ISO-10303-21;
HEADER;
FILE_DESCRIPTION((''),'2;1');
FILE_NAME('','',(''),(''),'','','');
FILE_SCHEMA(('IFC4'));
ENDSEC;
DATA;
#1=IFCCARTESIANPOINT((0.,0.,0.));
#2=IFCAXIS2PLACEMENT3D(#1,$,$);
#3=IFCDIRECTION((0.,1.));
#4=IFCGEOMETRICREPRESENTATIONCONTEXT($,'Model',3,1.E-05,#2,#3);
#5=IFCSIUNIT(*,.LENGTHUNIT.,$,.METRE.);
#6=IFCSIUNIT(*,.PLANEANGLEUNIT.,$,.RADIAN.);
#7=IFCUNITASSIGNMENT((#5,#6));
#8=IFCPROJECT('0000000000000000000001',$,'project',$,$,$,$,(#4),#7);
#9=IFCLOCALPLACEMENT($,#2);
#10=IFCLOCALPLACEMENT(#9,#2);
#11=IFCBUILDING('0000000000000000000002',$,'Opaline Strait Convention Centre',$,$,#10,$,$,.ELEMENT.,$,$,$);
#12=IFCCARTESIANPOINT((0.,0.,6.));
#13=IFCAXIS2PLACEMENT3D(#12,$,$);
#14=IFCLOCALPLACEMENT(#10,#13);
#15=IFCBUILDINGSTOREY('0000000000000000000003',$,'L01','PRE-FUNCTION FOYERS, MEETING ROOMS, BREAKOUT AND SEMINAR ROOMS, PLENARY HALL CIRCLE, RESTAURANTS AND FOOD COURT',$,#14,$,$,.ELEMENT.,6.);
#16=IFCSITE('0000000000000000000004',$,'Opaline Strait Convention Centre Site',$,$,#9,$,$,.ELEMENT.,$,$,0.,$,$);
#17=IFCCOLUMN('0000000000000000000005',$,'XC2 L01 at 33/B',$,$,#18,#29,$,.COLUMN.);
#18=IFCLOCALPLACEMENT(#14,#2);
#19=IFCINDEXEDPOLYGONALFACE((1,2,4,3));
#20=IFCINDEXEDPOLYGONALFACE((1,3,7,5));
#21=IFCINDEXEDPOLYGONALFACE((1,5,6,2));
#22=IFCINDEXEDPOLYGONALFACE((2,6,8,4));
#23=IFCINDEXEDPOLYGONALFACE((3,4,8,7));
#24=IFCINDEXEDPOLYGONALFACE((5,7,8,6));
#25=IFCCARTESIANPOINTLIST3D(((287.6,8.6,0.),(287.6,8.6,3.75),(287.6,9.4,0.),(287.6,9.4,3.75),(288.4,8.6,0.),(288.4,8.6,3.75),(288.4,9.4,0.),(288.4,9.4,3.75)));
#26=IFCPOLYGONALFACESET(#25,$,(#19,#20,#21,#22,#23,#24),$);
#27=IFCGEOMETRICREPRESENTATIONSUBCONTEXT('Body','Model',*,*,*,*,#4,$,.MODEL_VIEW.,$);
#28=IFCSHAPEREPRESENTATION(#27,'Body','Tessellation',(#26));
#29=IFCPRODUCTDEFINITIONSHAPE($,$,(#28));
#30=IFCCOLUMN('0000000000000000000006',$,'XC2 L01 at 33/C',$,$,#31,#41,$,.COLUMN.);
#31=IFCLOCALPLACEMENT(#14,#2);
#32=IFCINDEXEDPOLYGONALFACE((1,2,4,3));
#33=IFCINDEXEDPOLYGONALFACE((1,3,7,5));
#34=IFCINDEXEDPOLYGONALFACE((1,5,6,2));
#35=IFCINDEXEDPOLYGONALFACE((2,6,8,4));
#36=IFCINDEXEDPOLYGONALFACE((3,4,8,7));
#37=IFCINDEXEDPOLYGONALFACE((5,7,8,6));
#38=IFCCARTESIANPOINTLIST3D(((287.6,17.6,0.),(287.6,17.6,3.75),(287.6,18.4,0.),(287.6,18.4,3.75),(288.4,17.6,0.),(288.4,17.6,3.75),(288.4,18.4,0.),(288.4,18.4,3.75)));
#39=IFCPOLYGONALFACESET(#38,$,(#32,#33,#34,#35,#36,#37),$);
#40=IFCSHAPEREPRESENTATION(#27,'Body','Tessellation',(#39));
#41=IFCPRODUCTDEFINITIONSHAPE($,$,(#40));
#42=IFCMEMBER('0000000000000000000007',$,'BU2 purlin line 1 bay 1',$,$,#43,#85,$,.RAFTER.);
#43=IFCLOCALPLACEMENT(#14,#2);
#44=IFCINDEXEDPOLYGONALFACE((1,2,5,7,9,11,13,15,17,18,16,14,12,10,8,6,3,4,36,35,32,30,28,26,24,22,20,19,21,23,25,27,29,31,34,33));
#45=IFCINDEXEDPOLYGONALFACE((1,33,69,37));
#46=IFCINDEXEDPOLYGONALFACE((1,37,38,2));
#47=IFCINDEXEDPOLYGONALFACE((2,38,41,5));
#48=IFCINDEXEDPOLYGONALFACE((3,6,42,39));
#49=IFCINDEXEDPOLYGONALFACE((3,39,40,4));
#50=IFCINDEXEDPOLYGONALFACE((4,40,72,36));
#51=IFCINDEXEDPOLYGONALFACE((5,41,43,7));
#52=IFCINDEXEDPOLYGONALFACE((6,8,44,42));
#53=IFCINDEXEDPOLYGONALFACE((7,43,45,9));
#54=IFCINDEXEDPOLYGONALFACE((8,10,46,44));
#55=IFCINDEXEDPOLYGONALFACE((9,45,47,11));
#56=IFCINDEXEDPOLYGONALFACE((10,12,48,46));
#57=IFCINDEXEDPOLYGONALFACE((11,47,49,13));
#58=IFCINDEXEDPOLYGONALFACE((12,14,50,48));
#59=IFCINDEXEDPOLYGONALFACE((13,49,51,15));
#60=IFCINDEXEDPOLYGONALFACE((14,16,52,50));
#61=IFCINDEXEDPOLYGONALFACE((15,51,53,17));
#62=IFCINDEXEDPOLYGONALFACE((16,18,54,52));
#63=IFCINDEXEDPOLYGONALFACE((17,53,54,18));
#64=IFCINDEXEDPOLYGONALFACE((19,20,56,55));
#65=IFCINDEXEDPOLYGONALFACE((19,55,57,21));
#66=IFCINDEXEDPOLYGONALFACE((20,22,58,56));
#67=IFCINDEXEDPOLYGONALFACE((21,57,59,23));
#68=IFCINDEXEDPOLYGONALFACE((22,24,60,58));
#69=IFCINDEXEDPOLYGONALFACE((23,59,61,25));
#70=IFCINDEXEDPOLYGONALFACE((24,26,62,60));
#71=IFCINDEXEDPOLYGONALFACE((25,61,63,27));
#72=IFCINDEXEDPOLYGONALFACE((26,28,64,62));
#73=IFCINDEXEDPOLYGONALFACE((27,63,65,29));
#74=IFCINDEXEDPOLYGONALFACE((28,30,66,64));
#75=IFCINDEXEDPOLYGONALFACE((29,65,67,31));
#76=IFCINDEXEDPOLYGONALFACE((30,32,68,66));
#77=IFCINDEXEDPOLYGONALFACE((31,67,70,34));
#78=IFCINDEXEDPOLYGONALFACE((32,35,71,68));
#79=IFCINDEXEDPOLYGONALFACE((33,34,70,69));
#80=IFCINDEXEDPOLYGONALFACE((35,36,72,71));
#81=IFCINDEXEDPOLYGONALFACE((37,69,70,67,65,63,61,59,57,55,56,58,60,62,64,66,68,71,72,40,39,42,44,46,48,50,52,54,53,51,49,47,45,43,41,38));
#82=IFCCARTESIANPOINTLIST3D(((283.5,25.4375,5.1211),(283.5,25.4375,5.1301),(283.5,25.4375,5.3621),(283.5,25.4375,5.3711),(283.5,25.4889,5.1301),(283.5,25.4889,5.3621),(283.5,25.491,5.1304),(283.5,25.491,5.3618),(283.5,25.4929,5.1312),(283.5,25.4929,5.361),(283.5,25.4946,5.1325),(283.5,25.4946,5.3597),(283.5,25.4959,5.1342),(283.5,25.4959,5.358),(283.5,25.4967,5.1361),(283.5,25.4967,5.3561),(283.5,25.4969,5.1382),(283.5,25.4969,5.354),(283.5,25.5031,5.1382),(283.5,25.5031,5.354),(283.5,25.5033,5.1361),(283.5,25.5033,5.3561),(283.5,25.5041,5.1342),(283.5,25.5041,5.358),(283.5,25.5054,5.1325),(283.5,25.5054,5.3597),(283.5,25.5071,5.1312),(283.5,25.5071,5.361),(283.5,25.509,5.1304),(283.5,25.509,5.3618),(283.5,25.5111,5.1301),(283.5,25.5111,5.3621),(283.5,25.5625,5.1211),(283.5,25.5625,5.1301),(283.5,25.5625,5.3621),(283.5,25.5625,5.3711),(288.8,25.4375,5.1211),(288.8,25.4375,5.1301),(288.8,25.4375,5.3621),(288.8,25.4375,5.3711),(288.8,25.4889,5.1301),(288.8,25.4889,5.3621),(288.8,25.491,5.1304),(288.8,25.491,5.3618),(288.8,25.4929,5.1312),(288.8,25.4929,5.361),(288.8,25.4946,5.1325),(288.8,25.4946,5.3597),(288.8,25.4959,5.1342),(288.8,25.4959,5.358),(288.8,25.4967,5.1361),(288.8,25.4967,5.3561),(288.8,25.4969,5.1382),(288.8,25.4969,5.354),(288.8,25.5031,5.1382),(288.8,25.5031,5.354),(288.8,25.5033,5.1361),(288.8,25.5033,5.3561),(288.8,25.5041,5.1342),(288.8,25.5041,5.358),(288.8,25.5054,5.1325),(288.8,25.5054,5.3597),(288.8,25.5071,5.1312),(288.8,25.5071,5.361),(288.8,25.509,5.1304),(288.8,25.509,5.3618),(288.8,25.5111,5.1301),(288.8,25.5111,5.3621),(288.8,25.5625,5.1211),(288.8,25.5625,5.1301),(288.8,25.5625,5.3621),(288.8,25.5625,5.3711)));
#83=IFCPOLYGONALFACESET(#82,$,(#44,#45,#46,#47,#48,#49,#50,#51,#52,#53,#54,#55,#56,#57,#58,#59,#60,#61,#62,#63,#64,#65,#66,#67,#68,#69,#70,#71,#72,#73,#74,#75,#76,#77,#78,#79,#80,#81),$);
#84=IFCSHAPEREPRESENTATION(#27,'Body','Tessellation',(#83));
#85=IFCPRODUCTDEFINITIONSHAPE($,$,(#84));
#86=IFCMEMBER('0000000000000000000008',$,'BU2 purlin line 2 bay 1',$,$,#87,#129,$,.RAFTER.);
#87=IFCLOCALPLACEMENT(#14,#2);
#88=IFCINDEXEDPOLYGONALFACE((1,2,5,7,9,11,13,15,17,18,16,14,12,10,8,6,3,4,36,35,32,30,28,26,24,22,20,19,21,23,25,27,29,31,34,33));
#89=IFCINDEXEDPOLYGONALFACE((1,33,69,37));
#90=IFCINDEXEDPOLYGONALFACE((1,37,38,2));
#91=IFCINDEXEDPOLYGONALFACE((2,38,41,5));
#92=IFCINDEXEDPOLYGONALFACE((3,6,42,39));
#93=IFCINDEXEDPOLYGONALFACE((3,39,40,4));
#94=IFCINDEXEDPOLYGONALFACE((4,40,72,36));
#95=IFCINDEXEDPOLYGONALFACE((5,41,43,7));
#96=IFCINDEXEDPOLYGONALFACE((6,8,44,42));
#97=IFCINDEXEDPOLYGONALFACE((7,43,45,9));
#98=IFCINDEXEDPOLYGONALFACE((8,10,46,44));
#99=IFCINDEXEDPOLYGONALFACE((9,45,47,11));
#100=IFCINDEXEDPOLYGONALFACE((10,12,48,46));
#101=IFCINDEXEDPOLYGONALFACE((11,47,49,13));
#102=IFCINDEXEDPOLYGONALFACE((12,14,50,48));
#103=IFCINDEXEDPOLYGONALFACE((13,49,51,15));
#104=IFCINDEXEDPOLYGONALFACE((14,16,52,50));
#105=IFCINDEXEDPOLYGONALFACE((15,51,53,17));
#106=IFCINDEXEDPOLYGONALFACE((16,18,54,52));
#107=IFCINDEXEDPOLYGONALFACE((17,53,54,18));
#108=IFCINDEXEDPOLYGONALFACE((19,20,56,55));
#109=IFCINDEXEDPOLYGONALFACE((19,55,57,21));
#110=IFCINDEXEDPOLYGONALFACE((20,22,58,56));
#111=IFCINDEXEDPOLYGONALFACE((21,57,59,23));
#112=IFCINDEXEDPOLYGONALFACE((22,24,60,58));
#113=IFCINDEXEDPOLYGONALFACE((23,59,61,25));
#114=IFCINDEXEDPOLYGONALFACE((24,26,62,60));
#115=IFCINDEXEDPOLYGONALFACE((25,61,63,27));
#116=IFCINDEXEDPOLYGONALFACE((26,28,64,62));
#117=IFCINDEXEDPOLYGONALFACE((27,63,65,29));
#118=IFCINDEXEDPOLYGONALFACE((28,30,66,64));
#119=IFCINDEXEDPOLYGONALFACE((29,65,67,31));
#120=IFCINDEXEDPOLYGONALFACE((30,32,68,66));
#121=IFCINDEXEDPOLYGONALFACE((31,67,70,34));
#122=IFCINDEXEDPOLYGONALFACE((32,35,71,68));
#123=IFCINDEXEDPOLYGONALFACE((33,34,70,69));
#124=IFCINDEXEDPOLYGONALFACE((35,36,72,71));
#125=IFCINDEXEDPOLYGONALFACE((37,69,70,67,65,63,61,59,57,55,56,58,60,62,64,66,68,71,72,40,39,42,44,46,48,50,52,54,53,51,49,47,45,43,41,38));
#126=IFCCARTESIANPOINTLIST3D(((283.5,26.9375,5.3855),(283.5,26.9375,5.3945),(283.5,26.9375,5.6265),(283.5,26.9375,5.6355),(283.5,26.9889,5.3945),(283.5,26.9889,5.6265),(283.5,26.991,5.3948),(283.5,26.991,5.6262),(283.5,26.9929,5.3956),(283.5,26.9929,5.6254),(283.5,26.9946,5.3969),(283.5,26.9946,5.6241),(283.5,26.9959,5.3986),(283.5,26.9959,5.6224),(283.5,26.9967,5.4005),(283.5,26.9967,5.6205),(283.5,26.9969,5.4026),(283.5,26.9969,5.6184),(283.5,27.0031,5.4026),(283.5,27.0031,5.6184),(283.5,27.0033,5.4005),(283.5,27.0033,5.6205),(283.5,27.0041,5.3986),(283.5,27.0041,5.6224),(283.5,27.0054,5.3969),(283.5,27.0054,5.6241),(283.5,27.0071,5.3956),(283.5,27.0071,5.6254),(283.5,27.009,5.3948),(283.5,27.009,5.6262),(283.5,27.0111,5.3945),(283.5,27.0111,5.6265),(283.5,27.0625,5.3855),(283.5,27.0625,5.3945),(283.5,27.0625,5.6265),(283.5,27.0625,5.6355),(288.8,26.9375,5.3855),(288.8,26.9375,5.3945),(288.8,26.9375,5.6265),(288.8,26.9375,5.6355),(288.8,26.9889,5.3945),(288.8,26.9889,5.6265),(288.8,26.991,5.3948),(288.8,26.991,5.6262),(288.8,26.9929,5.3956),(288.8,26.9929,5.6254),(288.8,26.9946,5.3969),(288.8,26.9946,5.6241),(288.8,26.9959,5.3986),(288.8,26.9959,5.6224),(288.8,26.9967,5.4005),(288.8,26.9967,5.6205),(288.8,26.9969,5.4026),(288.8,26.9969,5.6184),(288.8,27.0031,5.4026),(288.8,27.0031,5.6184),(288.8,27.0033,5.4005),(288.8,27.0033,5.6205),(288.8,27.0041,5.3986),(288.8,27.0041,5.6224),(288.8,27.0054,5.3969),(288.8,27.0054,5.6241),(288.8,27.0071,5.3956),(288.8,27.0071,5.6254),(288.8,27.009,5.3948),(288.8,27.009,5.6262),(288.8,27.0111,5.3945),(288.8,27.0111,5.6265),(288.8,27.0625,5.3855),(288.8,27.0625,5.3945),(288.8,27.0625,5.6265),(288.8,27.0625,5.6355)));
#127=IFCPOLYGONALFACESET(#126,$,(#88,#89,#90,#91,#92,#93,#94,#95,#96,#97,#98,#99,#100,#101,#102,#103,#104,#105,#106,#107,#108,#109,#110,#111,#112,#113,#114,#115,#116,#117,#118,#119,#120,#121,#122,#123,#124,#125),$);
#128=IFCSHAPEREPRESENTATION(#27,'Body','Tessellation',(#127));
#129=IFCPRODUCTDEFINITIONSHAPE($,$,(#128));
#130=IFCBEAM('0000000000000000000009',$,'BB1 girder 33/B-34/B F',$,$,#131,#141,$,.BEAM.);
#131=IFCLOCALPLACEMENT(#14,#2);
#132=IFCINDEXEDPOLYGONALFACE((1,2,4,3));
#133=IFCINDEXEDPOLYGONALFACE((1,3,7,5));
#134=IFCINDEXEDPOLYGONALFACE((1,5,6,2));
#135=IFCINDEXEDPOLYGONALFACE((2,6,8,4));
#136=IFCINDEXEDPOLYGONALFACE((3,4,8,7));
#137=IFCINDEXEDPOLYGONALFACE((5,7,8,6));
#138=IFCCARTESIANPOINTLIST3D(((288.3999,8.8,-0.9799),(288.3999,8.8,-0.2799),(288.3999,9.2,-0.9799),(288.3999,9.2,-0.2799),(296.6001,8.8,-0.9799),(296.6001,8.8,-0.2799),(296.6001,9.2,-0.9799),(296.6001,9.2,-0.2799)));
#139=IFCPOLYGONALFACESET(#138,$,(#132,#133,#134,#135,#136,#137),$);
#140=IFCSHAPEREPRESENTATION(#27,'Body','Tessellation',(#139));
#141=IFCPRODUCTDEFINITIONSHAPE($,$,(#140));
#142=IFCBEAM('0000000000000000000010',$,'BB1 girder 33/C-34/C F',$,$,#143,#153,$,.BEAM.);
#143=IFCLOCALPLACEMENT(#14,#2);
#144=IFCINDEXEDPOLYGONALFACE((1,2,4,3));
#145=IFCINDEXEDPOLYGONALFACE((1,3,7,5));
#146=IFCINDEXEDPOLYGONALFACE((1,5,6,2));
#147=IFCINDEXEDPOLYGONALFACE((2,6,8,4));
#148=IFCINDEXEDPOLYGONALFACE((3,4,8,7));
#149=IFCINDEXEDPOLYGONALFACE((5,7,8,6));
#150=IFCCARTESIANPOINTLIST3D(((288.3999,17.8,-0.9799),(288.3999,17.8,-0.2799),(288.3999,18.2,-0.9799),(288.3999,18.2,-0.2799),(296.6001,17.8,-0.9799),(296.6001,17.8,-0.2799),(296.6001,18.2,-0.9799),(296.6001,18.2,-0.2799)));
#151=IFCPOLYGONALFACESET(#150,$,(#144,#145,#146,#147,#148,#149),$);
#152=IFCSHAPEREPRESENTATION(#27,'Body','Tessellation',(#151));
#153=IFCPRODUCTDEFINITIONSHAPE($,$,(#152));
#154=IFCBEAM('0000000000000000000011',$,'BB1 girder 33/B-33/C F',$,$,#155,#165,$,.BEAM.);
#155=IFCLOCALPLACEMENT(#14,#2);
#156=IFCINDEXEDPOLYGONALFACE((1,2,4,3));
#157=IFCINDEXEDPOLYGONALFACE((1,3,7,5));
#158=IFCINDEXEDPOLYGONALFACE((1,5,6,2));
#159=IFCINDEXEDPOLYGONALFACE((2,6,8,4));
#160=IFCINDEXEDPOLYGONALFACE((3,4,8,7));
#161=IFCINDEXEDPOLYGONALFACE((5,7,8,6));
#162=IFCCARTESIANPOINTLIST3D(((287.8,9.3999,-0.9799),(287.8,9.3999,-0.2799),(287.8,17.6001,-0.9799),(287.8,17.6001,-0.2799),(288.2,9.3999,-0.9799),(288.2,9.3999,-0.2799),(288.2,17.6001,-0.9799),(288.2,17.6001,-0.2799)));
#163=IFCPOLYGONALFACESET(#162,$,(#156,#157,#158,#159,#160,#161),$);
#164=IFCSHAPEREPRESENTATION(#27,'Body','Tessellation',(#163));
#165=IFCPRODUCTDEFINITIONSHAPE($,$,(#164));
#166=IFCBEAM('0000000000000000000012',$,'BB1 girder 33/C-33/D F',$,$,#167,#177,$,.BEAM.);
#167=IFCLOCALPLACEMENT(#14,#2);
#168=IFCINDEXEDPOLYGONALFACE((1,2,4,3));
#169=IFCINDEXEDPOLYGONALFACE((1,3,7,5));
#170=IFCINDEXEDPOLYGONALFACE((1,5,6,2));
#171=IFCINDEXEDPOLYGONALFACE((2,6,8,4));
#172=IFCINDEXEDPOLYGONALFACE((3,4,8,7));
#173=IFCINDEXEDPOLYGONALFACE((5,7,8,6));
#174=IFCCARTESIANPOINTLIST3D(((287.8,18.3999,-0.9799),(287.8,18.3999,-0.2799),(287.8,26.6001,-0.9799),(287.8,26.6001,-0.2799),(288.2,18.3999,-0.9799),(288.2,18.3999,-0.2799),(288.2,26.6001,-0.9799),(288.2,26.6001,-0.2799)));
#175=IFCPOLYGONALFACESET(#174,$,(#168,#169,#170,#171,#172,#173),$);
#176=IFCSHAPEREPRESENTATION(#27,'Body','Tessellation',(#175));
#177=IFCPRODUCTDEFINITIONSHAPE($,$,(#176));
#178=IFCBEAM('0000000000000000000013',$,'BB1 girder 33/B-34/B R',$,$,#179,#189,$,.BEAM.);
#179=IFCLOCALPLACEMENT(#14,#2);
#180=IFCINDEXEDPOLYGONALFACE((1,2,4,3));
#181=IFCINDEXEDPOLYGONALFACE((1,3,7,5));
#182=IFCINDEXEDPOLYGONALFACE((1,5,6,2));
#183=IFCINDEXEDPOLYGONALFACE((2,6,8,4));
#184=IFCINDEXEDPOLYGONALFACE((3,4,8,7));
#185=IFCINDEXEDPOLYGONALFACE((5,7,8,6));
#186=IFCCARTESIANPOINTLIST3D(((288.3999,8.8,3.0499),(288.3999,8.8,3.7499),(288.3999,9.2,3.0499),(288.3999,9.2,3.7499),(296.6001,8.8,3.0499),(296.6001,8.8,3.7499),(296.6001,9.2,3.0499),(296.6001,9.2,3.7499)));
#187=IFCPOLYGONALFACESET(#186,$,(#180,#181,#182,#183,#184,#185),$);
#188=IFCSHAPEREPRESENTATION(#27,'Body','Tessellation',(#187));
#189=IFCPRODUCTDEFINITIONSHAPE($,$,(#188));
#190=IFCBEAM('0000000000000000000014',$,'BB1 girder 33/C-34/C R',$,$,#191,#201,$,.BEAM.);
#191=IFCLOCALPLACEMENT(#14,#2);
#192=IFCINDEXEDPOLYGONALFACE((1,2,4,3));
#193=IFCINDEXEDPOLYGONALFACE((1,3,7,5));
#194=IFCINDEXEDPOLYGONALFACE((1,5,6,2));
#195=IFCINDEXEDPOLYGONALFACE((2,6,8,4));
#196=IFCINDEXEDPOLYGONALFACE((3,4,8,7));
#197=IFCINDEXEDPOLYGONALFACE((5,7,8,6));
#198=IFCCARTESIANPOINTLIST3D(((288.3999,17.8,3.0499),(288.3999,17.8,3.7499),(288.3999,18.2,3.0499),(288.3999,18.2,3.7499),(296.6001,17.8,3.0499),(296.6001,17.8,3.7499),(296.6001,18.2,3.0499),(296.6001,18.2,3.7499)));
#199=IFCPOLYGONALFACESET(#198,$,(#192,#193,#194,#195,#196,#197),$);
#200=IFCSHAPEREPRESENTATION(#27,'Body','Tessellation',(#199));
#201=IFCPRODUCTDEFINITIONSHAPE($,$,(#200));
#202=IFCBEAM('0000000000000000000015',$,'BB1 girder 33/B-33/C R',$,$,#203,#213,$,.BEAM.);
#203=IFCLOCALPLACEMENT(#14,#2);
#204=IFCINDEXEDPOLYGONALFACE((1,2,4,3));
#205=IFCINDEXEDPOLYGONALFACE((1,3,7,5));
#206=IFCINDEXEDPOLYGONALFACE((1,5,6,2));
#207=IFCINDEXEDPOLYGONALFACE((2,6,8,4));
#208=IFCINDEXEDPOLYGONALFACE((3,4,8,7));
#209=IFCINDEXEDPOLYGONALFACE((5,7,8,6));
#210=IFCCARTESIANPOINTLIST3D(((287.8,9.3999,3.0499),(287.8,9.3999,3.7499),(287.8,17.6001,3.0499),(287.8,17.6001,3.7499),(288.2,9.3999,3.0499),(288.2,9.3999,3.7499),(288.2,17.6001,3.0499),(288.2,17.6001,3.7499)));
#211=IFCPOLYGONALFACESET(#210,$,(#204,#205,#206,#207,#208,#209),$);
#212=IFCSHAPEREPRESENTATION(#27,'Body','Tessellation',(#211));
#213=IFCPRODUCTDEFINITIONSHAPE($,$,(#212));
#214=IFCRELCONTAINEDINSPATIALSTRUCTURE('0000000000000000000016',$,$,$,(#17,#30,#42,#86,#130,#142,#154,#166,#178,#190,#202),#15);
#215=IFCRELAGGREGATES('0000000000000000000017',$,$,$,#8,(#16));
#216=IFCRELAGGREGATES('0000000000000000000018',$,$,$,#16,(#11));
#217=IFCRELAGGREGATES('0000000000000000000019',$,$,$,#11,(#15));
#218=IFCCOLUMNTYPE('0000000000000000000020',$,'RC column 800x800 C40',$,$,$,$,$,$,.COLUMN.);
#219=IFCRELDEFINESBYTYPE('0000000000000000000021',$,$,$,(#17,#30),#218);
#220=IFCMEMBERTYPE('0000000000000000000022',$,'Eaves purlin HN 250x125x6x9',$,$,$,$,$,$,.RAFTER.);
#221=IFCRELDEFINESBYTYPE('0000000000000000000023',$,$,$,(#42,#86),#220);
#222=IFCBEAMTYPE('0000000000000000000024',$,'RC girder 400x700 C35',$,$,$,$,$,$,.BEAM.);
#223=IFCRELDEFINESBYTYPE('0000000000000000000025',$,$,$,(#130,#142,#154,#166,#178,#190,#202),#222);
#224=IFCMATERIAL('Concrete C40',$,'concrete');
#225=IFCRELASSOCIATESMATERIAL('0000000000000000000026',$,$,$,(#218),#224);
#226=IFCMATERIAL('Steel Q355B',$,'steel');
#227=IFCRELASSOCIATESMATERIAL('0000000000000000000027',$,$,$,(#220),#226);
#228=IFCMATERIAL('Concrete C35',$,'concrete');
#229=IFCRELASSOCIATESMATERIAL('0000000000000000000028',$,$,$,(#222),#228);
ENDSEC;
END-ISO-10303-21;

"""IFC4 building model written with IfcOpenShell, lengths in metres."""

from ifc_helpers import new_model, si_unit, direction, frame, origin, origin_2d, place, context, subcontext, project, spatial, rectangle, i_section, extrude, material, material_profile, profile_set, type_object, element, save


model = new_model("IFC4")

# Units and contexts
model_context = context("Model", 3, precision=1e-05, world=origin(), true_north=direction((0.0, 1.0)))
body_context = subcontext(model_context, "Body", "Model", "MODEL_VIEW")
ifc_project = project(units=[si_unit("LENGTHUNIT", "METRE"), si_unit("PLANEANGLEUNIT", "RADIAN")], contexts=[model_context])

# Site, building, storey
site_placement = place(None, origin())
site = spatial("IfcSite", under=ifc_project, at=site_placement, Name="Opaline Strait Convention Centre Site", CompositionType="ELEMENT", RefElevation=0.0)
building_placement = place(site_placement, origin())
building = spatial("IfcBuilding", under=site, at=building_placement, Name="Opaline Strait Convention Centre", CompositionType="ELEMENT")
storey_placement = place(building_placement, frame((0.0, 0.0, 6.0)))
storey = spatial("IfcBuildingStorey", under=building, at=storey_placement, Name="L01", Description="PRE-FUNCTION FOYERS, MEETING ROOMS, BREAKOUT AND SEMINAR ROOMS, PLENARY HALL CIRCLE, RESTAURANTS AND FOOD COURT", CompositionType="ELEMENT", Elevation=6.0)

# Columns
ifc_material_1 = material(Name="Concrete C40", Category="concrete")
ifc_material_profile_1 = material_profile(ifc_material_1, rectangle(XDim=0.8, YDim=0.8, at=origin_2d()), Name="RC 800x800")
ifc_profile_set_1 = profile_set([ifc_material_profile_1], Name="Concrete C40")
column_type = type_object("IfcColumnType", Name="RC column 800x800 C40", PredefinedType="COLUMN", material=ifc_profile_set_1)
for number, where, z_axis, x_axis, name in (
    (1, (288.0, 9.0, 0.0), (0.0, 0.0, 1.0), (1.0, 0.0, 0.0), "XC2 L01 at 33/B"),
    (2, (288.0, 18.0, 0.0), (0.0, 0.0, 1.0), (1.0, 0.0, 0.0), "XC2 L01 at 33/C"),
):
    element("IfcColumn", number, at=place(storey_placement, frame(where, z_axis=z_axis, x_axis=x_axis)), inside=storey, type_object=column_type, Name=name, PredefinedType="COLUMN", context=body_context, shape_type="SweptSolid", body=[
        extrude(rectangle(XDim=0.8, YDim=0.8, at=origin_2d()), origin(), (0.0, 0.0, 1.0), 3.75),
    ])

# Members
ifc_material_2 = material(Name="Steel Q355B", Category="steel")
ifc_material_profile_2 = material_profile(ifc_material_2, i_section(OverallWidth=0.125, OverallDepth=0.25, WebThickness=0.0061, FlangeThickness=0.009, FilletRadius=0.0081, at=origin_2d()), Name="HN 250x125x6x9")
ifc_profile_set_2 = profile_set([ifc_material_profile_2], Name="Steel Q355B")
member_type_1 = type_object("IfcMemberType", Name="Eaves purlin HN 250x125x6x9", PredefinedType="RAFTER", material=ifc_profile_set_2)
for number, where, z_axis, x_axis, name in (
    (3, (283.5, 25.5, 5.2461), (1.0, 0.0, 0.0), (0.0, 1.0, 0.0), "BU2 purlin line 1 bay 1"),
    (4, (283.5, 27.0, 5.5105), (1.0, 0.0, 0.0), (0.0, 1.0, 0.0), "BU2 purlin line 2 bay 1"),
):
    element("IfcMember", number, at=place(storey_placement, frame(where, z_axis=z_axis, x_axis=x_axis)), inside=storey, type_object=member_type_1, Name=name, PredefinedType="RAFTER", context=body_context, shape_type="SweptSolid", body=[
        extrude(i_section(OverallWidth=0.125, OverallDepth=0.25, WebThickness=0.0061, FlangeThickness=0.009, FilletRadius=0.0081, at=origin_2d()), origin(), (0.0, 0.0, 1.0), 5.3),
    ])

# Beams
ifc_material_3 = material(Name="Concrete C35", Category="concrete")
ifc_material_profile_3 = material_profile(ifc_material_3, rectangle(XDim=0.3999, YDim=0.7, at=origin_2d()), Name="RC 400x700")
ifc_profile_set_3 = profile_set([ifc_material_profile_3], Name="Concrete C35")
beam_type = type_object("IfcBeamType", Name="RC girder 400x700 C35", PredefinedType="BEAM", material=ifc_profile_set_3)
for number, where, z_axis, x_axis, name in (
    (5, (288.3999, 9.0, -0.6299), (1.0, 0.0, 0.0), (0.0, 1.0, 0.0), "BB1 girder 33/B-34/B F"),
    (6, (288.3999, 18.0, -0.6299), (1.0, 0.0, 0.0), (0.0, 1.0, 0.0), "BB1 girder 33/C-34/C F"),
    (7, (288.0, 9.3999, -0.6299), (0.0, 1.0, 0.0), (-1.0, 0.0, 0.0), "BB1 girder 33/B-33/C F"),
    (8, (288.0, 18.3999, -0.6299), (0.0, 1.0, 0.0), (-1.0, 0.0, 0.0), "BB1 girder 33/C-33/D F"),
    (9, (288.3999, 9.0, 3.3999), (1.0, 0.0, 0.0), (0.0, 1.0, 0.0), "BB1 girder 33/B-34/B R"),
    (10, (288.3999, 18.0, 3.3999), (1.0, 0.0, 0.0), (0.0, 1.0, 0.0), "BB1 girder 33/C-34/C R"),
    (11, (288.0, 9.3999, 3.3999), (0.0, 1.0, 0.0), (-1.0, 0.0, 0.0), "BB1 girder 33/B-33/C R"),
):
    element("IfcBeam", number, at=place(storey_placement, frame(where, z_axis=z_axis, x_axis=x_axis)), inside=storey, type_object=beam_type, Name=name, PredefinedType="BEAM", context=body_context, shape_type="SweptSolid", body=[
        extrude(rectangle(XDim=0.3999, YDim=0.7, at=origin_2d()), origin(), (0.0, 0.0, 1.0), 8.2002),
    ])

save(model, "model.ifc")
